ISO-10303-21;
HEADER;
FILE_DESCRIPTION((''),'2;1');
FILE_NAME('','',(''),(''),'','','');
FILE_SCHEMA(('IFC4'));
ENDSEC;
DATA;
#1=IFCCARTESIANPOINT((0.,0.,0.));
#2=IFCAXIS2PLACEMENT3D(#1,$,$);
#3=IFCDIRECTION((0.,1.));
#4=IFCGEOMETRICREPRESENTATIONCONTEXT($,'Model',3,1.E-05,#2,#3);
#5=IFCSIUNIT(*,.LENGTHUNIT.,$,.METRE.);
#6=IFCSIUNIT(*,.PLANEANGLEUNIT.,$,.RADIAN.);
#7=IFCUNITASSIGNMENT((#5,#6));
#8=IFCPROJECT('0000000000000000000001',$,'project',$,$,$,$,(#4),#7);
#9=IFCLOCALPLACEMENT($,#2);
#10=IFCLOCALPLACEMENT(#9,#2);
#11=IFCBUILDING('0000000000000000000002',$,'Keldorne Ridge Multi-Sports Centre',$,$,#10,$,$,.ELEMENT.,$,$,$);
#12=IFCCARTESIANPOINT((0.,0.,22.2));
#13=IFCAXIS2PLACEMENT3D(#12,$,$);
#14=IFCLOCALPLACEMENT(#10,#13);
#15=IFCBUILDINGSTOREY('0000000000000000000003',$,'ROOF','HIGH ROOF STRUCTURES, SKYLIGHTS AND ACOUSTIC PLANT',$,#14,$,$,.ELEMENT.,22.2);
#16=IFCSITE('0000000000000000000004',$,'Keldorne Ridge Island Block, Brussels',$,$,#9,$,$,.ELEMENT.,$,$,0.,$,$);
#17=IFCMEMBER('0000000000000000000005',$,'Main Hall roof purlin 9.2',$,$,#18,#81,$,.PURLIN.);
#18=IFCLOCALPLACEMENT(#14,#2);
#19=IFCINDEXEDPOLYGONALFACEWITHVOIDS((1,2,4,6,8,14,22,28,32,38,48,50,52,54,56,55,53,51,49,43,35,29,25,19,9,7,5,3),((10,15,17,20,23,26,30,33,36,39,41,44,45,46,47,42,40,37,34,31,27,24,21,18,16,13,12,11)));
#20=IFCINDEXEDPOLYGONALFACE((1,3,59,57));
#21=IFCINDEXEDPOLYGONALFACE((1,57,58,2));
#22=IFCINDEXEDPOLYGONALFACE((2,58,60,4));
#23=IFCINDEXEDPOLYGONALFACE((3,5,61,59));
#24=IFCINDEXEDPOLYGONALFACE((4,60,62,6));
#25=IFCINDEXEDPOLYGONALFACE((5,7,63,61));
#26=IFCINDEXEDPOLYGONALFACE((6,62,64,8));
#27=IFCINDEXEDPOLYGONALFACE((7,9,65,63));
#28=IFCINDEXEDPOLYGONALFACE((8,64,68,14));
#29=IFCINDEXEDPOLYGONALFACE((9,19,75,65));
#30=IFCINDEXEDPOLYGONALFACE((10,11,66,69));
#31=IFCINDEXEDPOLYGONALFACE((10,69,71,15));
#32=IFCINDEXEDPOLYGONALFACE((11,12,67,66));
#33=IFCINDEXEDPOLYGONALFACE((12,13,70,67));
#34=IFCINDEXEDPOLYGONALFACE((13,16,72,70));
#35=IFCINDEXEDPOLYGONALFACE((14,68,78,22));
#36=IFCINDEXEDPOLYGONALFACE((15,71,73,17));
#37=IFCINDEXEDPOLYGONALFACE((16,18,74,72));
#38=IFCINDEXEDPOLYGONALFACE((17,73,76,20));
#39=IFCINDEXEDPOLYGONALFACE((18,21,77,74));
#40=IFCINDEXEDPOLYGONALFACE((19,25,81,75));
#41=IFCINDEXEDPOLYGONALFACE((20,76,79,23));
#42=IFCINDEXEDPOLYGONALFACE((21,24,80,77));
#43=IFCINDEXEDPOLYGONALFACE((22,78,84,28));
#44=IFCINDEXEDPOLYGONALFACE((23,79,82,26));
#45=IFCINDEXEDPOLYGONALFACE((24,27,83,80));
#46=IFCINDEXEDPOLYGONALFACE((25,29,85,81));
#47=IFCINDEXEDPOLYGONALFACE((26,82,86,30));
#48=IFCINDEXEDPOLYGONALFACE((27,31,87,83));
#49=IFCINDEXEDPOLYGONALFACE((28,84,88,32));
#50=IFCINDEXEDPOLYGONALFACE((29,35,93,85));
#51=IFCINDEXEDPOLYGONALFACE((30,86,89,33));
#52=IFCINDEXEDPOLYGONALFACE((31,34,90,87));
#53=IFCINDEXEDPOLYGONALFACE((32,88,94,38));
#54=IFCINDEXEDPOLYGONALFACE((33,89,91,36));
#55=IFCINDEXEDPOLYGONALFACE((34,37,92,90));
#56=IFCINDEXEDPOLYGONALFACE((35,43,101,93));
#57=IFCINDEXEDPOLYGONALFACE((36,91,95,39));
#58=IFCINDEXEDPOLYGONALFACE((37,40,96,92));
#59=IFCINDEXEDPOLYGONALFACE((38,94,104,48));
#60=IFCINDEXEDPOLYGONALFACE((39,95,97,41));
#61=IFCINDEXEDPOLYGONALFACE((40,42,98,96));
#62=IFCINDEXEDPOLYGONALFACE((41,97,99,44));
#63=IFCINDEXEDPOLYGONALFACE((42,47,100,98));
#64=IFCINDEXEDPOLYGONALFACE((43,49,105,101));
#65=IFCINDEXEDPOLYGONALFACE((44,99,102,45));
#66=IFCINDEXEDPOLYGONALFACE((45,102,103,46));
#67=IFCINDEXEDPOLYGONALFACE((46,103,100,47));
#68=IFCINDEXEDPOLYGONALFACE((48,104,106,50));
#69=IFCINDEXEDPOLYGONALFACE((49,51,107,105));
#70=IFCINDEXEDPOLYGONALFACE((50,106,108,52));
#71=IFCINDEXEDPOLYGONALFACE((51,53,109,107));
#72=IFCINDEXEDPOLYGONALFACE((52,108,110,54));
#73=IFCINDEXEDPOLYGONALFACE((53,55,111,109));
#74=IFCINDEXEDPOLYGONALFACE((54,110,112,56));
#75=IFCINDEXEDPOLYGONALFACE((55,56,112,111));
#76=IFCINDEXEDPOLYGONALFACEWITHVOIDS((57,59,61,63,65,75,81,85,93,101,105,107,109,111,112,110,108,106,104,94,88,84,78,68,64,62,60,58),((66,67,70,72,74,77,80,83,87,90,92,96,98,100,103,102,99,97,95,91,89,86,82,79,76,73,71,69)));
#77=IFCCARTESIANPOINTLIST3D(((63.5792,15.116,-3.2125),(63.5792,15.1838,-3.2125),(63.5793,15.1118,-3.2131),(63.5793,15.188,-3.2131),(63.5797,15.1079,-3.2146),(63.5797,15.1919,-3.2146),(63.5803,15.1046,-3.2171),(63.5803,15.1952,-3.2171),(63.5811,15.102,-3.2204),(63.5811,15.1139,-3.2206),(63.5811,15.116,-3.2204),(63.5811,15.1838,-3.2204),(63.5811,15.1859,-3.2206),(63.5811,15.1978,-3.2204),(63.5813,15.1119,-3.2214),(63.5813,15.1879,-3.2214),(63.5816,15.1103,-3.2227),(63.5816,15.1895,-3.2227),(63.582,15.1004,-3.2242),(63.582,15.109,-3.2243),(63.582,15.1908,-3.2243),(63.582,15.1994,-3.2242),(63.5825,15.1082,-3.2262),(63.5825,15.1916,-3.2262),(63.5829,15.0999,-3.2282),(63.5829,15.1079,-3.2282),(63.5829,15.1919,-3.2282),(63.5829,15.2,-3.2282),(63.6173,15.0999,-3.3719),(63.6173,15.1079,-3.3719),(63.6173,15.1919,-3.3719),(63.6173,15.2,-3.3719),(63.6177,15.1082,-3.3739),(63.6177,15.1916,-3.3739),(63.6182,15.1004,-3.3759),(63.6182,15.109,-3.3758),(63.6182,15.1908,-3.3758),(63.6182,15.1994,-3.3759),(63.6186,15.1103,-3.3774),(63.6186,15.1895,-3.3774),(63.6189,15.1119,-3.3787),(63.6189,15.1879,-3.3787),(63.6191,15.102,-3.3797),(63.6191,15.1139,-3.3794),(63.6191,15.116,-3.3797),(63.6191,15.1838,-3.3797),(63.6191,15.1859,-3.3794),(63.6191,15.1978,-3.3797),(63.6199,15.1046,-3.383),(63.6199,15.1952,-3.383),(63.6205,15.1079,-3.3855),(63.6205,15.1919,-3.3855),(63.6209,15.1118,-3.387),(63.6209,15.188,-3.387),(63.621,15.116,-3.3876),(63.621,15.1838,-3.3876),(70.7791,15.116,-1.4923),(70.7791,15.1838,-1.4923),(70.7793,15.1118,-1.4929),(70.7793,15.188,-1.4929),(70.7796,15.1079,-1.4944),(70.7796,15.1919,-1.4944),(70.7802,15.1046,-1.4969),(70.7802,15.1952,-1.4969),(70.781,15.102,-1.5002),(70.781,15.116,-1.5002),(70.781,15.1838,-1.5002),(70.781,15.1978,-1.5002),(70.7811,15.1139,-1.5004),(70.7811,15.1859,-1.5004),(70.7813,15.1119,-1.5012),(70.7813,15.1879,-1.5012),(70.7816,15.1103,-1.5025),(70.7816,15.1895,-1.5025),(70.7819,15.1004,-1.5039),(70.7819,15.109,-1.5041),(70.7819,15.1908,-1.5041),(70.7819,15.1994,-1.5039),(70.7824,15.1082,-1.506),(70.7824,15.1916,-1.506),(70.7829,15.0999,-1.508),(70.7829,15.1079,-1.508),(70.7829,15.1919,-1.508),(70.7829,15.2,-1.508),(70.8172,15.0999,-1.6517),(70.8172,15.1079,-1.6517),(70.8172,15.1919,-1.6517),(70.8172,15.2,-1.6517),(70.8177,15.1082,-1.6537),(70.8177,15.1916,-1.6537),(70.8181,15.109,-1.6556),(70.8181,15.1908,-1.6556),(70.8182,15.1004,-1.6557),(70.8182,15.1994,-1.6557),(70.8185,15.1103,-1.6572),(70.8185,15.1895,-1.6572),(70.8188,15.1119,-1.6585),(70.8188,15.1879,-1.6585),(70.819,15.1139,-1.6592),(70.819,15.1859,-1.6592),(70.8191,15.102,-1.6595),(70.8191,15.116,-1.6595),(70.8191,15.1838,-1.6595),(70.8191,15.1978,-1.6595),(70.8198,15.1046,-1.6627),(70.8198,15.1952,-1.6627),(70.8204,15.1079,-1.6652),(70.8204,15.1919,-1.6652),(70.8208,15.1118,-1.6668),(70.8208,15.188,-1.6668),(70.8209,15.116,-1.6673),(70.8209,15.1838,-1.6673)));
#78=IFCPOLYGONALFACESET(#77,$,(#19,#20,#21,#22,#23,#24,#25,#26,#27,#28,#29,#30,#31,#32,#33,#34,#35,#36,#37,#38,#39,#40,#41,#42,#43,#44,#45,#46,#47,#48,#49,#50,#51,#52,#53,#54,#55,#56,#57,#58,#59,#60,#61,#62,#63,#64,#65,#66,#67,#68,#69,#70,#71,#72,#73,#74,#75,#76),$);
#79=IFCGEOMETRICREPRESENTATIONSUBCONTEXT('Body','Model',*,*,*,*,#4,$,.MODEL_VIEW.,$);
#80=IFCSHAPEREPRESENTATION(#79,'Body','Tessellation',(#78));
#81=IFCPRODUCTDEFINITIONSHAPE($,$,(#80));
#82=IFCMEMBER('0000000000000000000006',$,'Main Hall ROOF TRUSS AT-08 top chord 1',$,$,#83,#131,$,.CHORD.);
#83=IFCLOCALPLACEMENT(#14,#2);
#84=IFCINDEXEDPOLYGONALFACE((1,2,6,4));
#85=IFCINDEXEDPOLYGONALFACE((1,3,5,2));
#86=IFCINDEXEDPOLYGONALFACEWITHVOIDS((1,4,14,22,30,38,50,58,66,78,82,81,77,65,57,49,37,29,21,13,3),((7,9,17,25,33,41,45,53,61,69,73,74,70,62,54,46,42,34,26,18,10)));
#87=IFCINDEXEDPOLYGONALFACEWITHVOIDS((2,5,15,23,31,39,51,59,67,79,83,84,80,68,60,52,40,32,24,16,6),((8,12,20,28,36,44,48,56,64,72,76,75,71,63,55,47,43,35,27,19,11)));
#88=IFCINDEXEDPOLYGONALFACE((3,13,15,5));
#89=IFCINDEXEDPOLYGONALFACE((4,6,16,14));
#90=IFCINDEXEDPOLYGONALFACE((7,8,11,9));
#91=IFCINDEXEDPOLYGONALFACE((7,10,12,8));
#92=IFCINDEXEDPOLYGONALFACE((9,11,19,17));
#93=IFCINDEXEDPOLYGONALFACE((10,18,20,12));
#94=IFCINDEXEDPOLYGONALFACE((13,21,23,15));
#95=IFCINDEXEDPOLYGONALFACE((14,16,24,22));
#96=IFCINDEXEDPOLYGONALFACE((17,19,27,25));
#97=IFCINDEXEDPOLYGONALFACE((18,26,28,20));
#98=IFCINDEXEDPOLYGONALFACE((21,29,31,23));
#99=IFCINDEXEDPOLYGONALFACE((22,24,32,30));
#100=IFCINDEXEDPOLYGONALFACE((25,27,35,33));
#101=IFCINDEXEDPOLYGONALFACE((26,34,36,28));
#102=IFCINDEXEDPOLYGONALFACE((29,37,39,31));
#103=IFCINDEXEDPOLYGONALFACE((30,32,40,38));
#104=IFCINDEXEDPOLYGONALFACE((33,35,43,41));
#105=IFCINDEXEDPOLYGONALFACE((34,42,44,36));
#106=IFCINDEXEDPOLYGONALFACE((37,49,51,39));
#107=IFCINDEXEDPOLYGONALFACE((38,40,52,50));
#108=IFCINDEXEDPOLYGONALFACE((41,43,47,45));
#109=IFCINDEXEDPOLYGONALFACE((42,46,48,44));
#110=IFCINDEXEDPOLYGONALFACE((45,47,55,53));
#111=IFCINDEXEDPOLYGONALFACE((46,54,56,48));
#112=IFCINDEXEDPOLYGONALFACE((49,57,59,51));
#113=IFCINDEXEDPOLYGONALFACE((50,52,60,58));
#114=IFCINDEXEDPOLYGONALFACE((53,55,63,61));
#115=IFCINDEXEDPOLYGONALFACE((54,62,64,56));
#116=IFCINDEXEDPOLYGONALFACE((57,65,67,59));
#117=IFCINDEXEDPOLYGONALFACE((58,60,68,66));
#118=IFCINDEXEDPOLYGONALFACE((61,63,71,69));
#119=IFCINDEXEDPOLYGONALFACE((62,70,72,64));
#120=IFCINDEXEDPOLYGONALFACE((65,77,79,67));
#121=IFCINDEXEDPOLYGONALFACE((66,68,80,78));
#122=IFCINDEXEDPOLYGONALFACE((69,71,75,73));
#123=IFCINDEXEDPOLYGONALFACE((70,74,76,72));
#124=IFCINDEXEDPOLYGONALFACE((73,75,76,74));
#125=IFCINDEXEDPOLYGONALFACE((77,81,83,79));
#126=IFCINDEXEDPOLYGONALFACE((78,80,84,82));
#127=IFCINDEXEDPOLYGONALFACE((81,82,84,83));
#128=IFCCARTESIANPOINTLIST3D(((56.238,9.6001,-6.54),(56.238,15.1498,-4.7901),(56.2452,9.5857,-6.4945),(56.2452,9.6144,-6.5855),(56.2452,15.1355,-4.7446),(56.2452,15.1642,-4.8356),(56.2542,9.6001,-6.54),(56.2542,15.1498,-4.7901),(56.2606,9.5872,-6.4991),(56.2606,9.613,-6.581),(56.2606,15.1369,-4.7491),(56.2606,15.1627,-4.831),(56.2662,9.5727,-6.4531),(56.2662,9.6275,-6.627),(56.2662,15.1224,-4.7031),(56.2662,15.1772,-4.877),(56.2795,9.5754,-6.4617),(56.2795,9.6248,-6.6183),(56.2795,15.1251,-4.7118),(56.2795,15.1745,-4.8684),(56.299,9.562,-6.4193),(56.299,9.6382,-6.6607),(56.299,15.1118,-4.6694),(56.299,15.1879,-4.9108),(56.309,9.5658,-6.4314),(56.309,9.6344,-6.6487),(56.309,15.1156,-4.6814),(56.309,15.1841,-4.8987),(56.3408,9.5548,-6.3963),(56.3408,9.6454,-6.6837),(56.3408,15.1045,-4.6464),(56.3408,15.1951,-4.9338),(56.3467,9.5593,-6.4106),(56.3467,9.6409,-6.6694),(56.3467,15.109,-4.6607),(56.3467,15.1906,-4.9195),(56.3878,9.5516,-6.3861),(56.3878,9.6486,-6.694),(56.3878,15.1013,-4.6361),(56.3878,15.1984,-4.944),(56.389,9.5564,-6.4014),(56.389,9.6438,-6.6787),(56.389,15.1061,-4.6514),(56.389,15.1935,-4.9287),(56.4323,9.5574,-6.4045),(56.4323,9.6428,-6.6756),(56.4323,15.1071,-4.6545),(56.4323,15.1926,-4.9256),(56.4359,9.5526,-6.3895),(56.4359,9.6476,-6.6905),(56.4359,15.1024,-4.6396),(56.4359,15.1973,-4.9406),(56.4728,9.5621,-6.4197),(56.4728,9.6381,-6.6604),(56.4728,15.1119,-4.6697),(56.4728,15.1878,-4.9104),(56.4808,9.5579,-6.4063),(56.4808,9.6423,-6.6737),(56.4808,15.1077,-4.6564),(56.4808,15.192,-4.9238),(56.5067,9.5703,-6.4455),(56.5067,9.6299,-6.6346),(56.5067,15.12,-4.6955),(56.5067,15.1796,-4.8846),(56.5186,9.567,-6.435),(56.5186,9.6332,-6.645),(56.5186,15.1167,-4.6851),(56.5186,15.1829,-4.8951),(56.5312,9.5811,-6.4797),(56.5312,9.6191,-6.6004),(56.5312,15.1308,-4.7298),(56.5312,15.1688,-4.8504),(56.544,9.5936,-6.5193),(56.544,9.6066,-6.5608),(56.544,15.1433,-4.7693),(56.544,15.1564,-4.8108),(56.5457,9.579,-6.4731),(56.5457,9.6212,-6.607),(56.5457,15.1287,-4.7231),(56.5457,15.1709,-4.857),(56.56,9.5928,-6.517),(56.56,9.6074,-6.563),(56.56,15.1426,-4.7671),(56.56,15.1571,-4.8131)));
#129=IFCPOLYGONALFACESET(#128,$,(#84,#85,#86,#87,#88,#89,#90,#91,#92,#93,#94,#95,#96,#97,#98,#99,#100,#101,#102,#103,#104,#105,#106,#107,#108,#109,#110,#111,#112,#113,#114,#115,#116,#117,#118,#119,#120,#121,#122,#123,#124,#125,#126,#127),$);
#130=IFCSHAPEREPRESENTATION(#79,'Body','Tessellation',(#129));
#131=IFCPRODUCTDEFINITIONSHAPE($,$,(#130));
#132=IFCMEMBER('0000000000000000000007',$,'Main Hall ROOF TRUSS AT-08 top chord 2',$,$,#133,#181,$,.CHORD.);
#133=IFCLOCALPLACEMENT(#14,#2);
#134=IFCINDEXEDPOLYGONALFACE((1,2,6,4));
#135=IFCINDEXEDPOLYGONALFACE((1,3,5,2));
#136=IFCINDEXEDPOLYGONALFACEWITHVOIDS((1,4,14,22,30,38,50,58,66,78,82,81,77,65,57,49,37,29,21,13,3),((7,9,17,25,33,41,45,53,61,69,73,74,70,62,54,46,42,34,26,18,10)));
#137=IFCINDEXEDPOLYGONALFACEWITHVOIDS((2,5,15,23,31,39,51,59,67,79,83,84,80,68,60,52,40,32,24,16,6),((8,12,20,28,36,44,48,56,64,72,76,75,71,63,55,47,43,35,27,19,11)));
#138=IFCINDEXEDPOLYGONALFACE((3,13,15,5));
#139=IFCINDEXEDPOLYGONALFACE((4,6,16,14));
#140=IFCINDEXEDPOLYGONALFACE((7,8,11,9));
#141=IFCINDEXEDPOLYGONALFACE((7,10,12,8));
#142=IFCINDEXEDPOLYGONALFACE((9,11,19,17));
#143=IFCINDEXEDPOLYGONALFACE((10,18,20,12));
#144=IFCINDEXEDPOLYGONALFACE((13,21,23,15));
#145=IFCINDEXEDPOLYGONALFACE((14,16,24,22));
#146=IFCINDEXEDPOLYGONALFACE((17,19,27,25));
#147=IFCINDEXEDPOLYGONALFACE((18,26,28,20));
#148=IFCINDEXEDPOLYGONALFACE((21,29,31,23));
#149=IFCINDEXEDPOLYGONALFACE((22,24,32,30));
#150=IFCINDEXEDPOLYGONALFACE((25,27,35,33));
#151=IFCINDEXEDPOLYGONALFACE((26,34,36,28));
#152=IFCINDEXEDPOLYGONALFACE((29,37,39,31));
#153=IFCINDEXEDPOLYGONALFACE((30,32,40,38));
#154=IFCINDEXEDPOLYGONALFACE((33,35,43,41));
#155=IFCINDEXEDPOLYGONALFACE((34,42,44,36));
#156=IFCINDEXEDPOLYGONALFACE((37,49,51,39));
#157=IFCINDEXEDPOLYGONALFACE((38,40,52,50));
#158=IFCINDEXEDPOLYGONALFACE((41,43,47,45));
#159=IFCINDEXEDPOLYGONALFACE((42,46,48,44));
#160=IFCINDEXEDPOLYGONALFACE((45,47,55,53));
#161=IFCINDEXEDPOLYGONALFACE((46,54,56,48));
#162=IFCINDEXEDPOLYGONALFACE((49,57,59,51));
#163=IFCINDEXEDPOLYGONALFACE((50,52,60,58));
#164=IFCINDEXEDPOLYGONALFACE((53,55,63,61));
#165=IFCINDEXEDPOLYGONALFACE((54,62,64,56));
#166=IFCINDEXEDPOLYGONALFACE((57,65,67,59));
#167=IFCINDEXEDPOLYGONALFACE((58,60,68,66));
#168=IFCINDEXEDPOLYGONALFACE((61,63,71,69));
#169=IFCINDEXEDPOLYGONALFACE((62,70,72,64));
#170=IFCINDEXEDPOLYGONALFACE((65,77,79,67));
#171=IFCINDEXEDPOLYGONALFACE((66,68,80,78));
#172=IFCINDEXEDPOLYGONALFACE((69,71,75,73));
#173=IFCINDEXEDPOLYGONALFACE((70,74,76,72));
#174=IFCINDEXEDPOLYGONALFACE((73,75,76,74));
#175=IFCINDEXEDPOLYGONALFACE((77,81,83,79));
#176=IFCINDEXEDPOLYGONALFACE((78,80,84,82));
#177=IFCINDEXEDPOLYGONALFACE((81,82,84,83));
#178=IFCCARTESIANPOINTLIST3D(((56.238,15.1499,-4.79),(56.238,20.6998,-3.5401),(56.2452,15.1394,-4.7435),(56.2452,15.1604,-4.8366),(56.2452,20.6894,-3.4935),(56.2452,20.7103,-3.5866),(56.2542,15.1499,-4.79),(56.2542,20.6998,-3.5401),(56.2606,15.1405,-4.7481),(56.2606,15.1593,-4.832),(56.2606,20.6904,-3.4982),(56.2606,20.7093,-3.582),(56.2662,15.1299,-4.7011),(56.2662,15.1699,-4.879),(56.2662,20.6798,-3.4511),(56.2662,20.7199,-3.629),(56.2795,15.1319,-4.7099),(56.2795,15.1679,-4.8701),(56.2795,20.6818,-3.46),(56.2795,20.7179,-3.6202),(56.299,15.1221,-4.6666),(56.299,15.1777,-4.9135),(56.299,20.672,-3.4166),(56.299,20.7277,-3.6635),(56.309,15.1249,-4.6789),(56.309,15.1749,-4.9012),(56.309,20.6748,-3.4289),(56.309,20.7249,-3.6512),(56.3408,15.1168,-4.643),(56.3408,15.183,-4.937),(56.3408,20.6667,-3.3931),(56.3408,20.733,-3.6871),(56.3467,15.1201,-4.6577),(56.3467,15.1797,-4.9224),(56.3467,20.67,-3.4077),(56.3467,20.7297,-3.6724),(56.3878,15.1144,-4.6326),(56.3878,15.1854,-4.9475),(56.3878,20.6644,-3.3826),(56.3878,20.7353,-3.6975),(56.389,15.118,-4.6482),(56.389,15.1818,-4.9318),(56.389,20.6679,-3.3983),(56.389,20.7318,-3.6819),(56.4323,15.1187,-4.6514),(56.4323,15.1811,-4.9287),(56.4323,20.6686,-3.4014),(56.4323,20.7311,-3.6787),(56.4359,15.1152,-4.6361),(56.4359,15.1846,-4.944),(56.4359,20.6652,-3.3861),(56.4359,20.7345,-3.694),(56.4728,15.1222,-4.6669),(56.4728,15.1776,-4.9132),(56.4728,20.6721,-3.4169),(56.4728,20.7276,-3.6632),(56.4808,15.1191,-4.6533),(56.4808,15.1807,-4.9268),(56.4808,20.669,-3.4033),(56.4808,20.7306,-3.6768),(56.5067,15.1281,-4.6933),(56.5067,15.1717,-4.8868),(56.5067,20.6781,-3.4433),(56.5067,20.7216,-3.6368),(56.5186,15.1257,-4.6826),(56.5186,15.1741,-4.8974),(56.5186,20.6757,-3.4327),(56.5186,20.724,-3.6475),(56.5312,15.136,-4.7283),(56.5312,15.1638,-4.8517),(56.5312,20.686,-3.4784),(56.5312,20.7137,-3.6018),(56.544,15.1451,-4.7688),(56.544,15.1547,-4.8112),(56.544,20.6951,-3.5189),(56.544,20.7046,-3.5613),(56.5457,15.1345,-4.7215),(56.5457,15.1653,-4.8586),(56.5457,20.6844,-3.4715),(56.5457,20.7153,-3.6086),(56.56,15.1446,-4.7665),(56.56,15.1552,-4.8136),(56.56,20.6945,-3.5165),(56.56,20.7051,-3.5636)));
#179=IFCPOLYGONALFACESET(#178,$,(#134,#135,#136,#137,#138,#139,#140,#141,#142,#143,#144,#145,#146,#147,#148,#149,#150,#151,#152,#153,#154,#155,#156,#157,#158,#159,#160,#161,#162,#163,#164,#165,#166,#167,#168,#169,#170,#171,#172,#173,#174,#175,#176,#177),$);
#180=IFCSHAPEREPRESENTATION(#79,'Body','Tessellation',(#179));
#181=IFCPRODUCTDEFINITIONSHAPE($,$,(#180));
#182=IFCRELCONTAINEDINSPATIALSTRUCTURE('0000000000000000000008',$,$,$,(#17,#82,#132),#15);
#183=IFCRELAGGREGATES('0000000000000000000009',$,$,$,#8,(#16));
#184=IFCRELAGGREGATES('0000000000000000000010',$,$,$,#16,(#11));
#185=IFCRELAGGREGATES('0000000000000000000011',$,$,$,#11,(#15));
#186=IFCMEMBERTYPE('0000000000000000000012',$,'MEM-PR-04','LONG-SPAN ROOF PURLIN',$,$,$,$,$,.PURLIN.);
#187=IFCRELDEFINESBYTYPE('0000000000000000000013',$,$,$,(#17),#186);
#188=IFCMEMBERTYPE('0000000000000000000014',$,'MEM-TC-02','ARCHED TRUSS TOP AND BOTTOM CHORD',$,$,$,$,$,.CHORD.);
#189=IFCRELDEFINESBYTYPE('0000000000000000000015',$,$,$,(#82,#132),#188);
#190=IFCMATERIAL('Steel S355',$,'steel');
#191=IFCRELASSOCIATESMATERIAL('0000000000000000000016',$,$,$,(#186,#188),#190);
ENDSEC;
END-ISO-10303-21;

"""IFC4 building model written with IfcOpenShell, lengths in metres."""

from ifc_helpers import new_model, si_unit, direction, frame, origin, origin_2d, place, context, subcontext, project, spatial, hollow_rectangle, hollow_circle, extrude, material, material_profile, profile_set, type_object, element, save


model = new_model("IFC4")

# Units and contexts
model_context = context("Model", 3, precision=1e-05, world=origin(), true_north=direction((0.0, 1.0)))
body_context = subcontext(model_context, "Body", "Model", "MODEL_VIEW")
ifc_project = project(units=[si_unit("LENGTHUNIT", "METRE"), si_unit("PLANEANGLEUNIT", "RADIAN")], contexts=[model_context])

# Site, building, storey
site_placement = place(None, origin())
site = spatial("IfcSite", under=ifc_project, at=site_placement, Name="Keldorne Ridge Island Block, Brussels", CompositionType="ELEMENT", RefElevation=0.0)
building_placement = place(site_placement, origin())
building = spatial("IfcBuilding", under=site, at=building_placement, Name="Keldorne Ridge Multi-Sports Centre", CompositionType="ELEMENT")
storey_placement = place(building_placement, frame((0.0, 0.0, 22.2)))
storey = spatial("IfcBuildingStorey", under=building, at=storey_placement, Name="ROOF", Description="HIGH ROOF STRUCTURES, SKYLIGHTS AND ACOUSTIC PLANT", CompositionType="ELEMENT", Elevation=22.2)

# Members
ifc_material = material(Name="Steel S355", Category="steel")
ifc_material_profile_1 = material_profile(ifc_material, hollow_rectangle(XDim=0.1001, YDim=0.1799, WallThickness=0.0081, InnerFilletRadius=0.0081, OuterFilletRadius=0.0161, at=origin_2d()), Name="RHS 180x100x8")
ifc_profile_set_1 = profile_set([ifc_material_profile_1], Name="Steel S355")
member_type_1 = type_object("IfcMemberType", Name="MEM-PR-04", Description="LONG-SPAN ROOF PURLIN", PredefinedType="PURLIN", material=ifc_profile_set_1)
member_1_placement = place(storey_placement, frame((63.6001, 15.1499, -3.3), z_axis=(0.972625, 0.0, 0.23238), x_axis=(0.0, 1.0, 0.0)))
element("IfcMember", 1, at=member_1_placement, inside=storey, type_object=member_type_1, Name="Main Hall roof purlin 9.2", PredefinedType="PURLIN", context=body_context, shape_type="SweptSolid", body=[
    extrude(hollow_rectangle(XDim=0.1001, YDim=0.1799, WallThickness=0.0081, InnerFilletRadius=0.0081, OuterFilletRadius=0.0161, at=origin_2d()), origin(), (0.0, 0.0, 1.0), 7.4026),
])
ifc_material_profile_2 = material_profile(ifc_material, hollow_circle(Radius=0.1619, WallThickness=0.0161, at=origin_2d()), Name="CHS 323.9x16")
ifc_profile_set_2 = profile_set([ifc_material_profile_2], Name="Steel S355")
member_type_2 = type_object("IfcMemberType", Name="MEM-TC-02", Description="ARCHED TRUSS TOP AND BOTTOM CHORD", PredefinedType="CHORD", material=ifc_profile_set_2)
member_2_placement = place(storey_placement, frame((56.3999, 9.6001, -6.54), z_axis=(0.0, 0.953709, 0.30073), x_axis=(-1.0, 0.0, 0.0)))
element("IfcMember", 2, at=member_2_placement, inside=storey, type_object=member_type_2, Name="Main Hall ROOF TRUSS AT-08 top chord 1", PredefinedType="CHORD", context=body_context, shape_type="SweptSolid", body=[
    extrude(hollow_circle(Radius=0.1619, WallThickness=0.0161, at=origin_2d()), origin(), (0.0, 0.0, 1.0), 5.8191),
])
member_3_placement = place(storey_placement, frame((56.3999, 15.1499, -4.79), z_axis=(0.0, 0.975563, 0.219719), x_axis=(-1.0, 0.0, 0.0)))
element("IfcMember", 3, at=member_3_placement, inside=storey, type_object=member_type_2, Name="Main Hall ROOF TRUSS AT-08 top chord 2", PredefinedType="CHORD", context=body_context, shape_type="SweptSolid", body=[
    extrude(hollow_circle(Radius=0.1619, WallThickness=0.0161, at=origin_2d()), origin(), (0.0, 0.0, 1.0), 5.689),
])

save(model, "model.ifc")
